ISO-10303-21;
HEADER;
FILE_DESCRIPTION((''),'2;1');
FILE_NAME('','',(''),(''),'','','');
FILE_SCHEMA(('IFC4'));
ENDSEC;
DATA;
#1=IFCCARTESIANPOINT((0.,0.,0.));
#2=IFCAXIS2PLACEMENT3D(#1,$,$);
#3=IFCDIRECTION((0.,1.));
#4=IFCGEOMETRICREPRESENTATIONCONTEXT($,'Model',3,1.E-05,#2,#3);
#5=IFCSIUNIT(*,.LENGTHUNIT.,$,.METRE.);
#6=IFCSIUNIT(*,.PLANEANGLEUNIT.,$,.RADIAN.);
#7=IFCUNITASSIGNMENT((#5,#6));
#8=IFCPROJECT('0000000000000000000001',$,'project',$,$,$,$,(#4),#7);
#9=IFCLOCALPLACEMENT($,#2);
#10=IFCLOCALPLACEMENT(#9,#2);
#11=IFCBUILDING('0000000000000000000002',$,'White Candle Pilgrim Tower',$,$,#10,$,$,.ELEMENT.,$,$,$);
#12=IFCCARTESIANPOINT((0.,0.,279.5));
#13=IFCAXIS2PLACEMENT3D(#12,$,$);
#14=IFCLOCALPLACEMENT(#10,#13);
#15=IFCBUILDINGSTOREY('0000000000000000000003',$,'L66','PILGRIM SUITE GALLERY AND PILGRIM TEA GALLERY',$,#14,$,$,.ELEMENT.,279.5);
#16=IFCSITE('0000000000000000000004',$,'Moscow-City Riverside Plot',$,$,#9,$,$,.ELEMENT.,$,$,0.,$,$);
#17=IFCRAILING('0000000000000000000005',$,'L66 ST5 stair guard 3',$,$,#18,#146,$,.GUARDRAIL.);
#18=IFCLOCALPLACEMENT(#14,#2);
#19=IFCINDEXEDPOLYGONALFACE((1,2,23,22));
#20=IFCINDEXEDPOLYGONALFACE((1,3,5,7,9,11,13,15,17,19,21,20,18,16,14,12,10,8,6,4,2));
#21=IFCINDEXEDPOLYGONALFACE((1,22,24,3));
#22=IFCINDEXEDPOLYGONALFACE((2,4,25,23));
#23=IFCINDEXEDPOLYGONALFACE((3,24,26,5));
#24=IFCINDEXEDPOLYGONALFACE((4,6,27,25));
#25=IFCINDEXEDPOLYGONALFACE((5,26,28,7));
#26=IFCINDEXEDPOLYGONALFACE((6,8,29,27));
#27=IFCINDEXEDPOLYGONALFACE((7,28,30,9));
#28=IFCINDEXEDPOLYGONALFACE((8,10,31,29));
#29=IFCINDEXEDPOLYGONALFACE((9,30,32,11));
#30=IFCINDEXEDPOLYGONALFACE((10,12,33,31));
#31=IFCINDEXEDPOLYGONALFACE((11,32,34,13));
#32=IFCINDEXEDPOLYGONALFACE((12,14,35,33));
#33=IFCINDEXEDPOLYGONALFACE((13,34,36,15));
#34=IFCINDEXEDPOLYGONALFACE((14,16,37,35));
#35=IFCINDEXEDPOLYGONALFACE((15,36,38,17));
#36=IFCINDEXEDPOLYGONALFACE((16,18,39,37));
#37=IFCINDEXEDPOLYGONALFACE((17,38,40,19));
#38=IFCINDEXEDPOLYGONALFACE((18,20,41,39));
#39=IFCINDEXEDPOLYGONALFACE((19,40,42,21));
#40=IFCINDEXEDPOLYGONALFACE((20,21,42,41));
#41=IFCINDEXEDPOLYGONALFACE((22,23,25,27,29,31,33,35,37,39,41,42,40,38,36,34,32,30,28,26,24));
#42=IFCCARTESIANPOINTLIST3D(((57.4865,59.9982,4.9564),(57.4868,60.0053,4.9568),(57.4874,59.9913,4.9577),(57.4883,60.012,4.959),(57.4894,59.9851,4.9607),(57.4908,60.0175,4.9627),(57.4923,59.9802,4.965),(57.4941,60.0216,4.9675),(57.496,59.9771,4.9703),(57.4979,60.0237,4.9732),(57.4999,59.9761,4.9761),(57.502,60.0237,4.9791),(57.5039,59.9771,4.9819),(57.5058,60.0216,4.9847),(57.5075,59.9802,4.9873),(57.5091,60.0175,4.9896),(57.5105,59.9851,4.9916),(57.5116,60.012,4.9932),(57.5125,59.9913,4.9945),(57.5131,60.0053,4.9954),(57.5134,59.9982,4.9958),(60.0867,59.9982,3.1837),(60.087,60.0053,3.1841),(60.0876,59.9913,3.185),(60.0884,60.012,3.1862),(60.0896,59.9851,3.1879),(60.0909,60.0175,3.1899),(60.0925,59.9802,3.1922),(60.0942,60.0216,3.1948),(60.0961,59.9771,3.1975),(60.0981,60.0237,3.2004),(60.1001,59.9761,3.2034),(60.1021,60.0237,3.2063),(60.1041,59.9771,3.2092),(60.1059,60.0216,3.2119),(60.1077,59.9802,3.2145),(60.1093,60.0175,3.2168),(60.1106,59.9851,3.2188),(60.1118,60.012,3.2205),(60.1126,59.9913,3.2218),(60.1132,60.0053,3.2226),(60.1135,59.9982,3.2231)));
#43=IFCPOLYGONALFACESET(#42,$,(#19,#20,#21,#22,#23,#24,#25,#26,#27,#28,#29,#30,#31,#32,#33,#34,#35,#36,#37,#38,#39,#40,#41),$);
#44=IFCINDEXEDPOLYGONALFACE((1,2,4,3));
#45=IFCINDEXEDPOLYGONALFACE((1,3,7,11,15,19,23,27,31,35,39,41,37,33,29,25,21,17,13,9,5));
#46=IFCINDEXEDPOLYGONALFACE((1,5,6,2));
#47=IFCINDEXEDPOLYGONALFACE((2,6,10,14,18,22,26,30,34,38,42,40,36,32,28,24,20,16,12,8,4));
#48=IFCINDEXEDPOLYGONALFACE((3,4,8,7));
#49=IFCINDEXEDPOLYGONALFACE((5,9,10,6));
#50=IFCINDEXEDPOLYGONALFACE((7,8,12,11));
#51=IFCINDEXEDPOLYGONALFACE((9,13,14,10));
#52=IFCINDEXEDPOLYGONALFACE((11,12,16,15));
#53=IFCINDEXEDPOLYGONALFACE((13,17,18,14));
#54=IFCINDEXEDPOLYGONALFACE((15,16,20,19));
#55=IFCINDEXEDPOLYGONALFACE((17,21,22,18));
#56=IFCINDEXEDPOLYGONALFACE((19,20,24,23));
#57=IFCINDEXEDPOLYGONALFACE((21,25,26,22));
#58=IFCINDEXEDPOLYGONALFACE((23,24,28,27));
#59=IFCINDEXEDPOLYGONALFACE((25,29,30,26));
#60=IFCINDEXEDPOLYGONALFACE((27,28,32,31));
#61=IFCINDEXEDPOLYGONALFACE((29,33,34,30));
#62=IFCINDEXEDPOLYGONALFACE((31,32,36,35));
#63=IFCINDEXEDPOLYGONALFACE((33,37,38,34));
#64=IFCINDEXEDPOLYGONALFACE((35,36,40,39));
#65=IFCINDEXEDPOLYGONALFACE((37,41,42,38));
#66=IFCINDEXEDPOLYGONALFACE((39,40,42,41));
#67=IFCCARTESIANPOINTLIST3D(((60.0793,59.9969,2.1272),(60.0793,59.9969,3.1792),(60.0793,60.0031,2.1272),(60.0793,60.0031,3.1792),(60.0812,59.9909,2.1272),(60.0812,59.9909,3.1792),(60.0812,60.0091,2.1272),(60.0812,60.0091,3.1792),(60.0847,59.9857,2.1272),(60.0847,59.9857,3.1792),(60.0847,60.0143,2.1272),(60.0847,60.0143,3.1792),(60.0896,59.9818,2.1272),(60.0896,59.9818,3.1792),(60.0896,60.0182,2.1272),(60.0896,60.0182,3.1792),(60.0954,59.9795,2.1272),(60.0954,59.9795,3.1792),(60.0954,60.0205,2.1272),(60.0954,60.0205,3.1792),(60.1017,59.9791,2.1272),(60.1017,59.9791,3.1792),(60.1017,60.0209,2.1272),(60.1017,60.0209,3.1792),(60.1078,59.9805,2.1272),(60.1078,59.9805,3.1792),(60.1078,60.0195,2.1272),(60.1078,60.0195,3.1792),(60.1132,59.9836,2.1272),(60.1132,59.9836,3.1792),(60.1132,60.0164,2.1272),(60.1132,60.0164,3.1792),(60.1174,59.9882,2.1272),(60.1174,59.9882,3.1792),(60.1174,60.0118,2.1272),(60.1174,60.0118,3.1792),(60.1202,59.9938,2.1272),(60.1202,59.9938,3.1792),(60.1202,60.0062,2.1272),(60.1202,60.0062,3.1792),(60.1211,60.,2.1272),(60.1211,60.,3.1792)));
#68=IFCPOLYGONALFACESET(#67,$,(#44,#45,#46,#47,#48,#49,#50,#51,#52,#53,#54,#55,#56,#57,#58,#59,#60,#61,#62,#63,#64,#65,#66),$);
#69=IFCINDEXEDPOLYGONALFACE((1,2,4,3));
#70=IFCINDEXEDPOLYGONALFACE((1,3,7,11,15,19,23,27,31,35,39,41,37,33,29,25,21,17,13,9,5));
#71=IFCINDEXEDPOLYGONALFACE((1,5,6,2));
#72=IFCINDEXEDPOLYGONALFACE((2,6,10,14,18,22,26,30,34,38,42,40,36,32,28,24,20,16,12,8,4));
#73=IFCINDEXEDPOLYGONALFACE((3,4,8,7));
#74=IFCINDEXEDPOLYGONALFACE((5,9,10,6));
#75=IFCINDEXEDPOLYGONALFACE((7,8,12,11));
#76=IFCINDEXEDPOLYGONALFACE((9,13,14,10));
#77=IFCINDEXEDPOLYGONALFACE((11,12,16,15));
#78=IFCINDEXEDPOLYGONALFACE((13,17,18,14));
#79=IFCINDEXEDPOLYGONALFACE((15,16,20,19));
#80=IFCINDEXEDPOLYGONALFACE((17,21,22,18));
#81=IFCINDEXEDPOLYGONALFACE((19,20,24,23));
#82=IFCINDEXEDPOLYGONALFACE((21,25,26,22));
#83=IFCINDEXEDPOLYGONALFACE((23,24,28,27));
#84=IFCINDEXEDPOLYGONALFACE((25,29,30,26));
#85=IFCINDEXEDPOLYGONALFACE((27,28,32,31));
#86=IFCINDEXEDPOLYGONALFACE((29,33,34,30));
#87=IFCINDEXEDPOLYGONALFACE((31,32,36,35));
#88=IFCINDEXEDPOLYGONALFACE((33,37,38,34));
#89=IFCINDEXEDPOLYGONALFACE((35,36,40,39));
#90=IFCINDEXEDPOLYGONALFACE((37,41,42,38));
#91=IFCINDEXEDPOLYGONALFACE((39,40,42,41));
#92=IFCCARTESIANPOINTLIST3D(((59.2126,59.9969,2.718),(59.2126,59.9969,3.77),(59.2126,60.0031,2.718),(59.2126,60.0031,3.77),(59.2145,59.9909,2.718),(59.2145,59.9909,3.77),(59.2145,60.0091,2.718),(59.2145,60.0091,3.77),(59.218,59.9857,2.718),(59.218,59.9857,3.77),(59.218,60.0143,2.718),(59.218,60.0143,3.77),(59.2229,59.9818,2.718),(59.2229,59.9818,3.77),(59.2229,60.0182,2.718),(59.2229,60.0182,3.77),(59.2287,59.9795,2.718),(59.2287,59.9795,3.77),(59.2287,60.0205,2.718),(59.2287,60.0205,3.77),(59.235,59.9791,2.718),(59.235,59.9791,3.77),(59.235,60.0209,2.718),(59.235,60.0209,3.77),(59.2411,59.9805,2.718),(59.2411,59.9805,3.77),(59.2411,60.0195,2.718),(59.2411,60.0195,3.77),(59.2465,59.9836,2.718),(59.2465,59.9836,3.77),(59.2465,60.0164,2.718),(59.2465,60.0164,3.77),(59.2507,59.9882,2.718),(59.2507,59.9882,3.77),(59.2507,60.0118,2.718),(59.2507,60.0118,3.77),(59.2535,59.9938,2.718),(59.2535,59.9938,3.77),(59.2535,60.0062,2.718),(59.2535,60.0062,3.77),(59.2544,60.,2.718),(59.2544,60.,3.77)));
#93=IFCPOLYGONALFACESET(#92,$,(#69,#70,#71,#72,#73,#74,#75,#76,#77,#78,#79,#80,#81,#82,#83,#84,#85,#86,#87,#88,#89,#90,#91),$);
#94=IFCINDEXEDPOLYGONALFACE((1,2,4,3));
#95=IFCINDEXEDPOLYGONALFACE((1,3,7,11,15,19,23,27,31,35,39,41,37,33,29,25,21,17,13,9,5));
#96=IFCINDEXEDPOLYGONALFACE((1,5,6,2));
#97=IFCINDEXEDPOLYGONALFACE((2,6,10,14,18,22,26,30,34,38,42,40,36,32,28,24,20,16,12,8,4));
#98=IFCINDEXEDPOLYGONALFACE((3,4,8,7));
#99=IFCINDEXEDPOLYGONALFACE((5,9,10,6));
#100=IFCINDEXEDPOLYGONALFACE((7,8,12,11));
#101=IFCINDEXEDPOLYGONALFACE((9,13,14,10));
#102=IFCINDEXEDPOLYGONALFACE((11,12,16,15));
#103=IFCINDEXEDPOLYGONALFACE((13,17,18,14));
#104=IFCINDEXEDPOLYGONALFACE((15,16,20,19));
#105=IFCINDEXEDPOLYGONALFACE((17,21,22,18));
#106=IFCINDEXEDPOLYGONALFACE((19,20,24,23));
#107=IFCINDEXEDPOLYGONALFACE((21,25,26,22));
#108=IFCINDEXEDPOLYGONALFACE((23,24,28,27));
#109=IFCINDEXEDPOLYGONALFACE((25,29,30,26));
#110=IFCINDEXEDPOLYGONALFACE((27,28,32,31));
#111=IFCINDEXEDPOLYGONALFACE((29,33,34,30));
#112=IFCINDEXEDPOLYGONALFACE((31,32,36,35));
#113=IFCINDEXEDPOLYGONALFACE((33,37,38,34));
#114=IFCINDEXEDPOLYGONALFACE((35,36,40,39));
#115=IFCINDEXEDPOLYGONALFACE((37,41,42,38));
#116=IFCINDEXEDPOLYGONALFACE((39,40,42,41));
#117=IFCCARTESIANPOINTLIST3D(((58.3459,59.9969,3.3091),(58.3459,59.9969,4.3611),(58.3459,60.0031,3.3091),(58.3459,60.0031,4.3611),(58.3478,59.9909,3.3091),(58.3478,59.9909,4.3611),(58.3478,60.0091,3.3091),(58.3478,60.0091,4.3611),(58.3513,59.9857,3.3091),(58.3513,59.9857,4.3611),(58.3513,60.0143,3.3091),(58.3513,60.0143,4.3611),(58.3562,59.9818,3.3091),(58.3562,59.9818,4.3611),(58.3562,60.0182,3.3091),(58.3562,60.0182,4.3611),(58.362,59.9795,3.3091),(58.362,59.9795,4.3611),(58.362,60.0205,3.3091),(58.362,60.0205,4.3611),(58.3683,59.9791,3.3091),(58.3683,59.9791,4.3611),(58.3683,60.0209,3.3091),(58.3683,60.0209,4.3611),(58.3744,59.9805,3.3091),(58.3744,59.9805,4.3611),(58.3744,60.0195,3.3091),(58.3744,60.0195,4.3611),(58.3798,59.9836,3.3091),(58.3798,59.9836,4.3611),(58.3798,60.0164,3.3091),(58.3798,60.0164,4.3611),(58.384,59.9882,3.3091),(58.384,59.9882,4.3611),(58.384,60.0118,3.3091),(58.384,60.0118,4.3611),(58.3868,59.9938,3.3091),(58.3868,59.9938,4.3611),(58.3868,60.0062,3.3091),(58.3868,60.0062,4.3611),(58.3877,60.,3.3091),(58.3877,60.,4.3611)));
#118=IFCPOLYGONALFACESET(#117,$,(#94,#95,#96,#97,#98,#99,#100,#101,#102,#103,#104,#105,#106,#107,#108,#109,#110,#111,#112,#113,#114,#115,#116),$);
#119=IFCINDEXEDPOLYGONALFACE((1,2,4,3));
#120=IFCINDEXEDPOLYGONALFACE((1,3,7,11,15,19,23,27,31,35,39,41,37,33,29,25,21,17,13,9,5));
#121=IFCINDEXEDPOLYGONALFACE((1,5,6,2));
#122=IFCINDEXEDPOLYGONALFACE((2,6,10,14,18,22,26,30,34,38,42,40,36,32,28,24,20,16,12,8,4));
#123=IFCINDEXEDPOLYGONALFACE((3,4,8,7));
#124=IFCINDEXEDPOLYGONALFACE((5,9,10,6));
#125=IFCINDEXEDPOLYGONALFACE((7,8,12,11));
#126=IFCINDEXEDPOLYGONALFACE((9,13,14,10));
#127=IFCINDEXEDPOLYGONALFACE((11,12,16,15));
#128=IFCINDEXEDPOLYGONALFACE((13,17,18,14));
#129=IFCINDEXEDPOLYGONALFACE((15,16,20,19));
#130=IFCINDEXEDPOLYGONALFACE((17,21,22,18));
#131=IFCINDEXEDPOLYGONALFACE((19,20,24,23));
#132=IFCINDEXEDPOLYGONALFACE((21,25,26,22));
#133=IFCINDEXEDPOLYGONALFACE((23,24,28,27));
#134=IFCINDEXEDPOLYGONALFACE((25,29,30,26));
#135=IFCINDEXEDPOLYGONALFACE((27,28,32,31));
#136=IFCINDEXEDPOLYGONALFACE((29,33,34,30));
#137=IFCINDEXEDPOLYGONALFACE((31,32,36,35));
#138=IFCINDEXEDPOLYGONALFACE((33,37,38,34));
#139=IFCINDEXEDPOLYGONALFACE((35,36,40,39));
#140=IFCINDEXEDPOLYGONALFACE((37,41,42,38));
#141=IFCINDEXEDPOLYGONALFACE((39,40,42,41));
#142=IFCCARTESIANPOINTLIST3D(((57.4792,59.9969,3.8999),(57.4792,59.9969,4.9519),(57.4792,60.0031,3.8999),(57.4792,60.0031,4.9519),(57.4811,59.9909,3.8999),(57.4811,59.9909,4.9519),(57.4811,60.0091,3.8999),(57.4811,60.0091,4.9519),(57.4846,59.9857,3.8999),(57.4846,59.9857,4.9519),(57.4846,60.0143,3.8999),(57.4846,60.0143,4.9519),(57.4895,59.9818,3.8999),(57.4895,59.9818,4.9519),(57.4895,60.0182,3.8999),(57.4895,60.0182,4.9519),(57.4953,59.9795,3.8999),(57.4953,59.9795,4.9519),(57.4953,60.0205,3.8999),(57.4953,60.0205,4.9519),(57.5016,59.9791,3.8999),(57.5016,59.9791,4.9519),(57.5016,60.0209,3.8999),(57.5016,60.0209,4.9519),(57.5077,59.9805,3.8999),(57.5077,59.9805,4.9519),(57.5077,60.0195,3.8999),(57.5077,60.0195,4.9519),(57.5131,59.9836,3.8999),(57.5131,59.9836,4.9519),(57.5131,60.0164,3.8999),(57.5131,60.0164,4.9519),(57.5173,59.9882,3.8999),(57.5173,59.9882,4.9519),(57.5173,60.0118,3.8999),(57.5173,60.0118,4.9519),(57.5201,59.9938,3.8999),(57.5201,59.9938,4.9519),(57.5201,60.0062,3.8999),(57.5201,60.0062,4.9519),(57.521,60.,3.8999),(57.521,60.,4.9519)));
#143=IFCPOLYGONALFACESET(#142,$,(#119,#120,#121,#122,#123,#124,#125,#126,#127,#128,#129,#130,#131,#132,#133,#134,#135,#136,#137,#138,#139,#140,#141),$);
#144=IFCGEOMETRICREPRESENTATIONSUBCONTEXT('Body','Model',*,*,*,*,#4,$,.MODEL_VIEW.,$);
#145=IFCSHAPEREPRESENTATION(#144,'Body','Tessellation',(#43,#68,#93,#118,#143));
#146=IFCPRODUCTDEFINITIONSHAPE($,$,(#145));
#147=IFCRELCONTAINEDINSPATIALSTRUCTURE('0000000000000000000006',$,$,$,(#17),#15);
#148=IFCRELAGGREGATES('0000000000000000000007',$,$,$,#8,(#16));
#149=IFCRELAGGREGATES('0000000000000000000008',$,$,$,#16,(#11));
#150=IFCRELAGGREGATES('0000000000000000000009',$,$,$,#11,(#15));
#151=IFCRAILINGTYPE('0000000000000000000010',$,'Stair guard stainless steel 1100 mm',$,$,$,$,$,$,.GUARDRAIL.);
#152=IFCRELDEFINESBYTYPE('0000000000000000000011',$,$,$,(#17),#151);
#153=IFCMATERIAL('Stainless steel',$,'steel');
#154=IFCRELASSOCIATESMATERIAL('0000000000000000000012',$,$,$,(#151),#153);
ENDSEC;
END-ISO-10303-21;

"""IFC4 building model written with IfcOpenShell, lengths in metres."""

from ifc_helpers import new_model, si_unit, direction, frame, origin, origin_2d, place, context, subcontext, project, spatial, circle, extrude, material, type_object, element, save


model = new_model("IFC4")

# Units and contexts
model_context = context("Model", 3, precision=1e-05, world=origin(), true_north=direction((0.0, 1.0)))
body_context = subcontext(model_context, "Body", "Model", "MODEL_VIEW")
ifc_project = project(units=[si_unit("LENGTHUNIT", "METRE"), si_unit("PLANEANGLEUNIT", "RADIAN")], contexts=[model_context])

# Site, building, storey
site_placement = place(None, origin())
site = spatial("IfcSite", under=ifc_project, at=site_placement, Name="Moscow-City Riverside Plot", CompositionType="ELEMENT", RefElevation=0.0)
building_placement = place(site_placement, origin())
building = spatial("IfcBuilding", under=site, at=building_placement, Name="White Candle Pilgrim Tower", CompositionType="ELEMENT")
storey_placement = place(building_placement, frame((0.0, 0.0, 279.5)))
storey = spatial("IfcBuildingStorey", under=building, at=storey_placement, Name="L66", Description="PILGRIM SUITE GALLERY AND PILGRIM TEA GALLERY", CompositionType="ELEMENT", Elevation=279.5)

# Railing
ifc_material_1 = material(Name="Stainless steel", Category="steel")
railing_type_1 = type_object("IfcRailingType", Name="Stair guard stainless steel 1100 mm", PredefinedType="GUARDRAIL", material=ifc_material_1)
railing_1_placement = place(storey_placement, frame((60.1001, 60.0, 2.1272)))
element("IfcRailing", 1, at=railing_1_placement, inside=storey, type_object=railing_type_1, Name="L66 ST5 stair guard 3", PredefinedType="GUARDRAIL", context=body_context, shape_type="SweptSolid", body=[
    extrude(circle(Radius=0.0239, at=origin_2d()), frame((0.0, 0.0, 1.0762), z_axis=(-0.82624, 0.0, 0.563318), x_axis=(0.0, -1.0, 0.0)), (0.0, 0.0, 1.0), 3.147),
    extrude(circle(Radius=0.021, at=origin_2d()), origin(), (0.0, 0.0, 1.0), 1.052),
    extrude(circle(Radius=0.021, at=origin_2d()), frame((-0.8667, 0.0, 0.5908)), (0.0, 0.0, 1.0), 1.052),
    extrude(circle(Radius=0.021, at=origin_2d()), frame((-1.7334, 0.0, 1.1819)), (0.0, 0.0, 1.0), 1.052),
    extrude(circle(Radius=0.021, at=origin_2d()), frame((-2.6001, 0.0, 1.7727)), (0.0, 0.0, 1.0), 1.052),
])

save(model, "model.ifc")
